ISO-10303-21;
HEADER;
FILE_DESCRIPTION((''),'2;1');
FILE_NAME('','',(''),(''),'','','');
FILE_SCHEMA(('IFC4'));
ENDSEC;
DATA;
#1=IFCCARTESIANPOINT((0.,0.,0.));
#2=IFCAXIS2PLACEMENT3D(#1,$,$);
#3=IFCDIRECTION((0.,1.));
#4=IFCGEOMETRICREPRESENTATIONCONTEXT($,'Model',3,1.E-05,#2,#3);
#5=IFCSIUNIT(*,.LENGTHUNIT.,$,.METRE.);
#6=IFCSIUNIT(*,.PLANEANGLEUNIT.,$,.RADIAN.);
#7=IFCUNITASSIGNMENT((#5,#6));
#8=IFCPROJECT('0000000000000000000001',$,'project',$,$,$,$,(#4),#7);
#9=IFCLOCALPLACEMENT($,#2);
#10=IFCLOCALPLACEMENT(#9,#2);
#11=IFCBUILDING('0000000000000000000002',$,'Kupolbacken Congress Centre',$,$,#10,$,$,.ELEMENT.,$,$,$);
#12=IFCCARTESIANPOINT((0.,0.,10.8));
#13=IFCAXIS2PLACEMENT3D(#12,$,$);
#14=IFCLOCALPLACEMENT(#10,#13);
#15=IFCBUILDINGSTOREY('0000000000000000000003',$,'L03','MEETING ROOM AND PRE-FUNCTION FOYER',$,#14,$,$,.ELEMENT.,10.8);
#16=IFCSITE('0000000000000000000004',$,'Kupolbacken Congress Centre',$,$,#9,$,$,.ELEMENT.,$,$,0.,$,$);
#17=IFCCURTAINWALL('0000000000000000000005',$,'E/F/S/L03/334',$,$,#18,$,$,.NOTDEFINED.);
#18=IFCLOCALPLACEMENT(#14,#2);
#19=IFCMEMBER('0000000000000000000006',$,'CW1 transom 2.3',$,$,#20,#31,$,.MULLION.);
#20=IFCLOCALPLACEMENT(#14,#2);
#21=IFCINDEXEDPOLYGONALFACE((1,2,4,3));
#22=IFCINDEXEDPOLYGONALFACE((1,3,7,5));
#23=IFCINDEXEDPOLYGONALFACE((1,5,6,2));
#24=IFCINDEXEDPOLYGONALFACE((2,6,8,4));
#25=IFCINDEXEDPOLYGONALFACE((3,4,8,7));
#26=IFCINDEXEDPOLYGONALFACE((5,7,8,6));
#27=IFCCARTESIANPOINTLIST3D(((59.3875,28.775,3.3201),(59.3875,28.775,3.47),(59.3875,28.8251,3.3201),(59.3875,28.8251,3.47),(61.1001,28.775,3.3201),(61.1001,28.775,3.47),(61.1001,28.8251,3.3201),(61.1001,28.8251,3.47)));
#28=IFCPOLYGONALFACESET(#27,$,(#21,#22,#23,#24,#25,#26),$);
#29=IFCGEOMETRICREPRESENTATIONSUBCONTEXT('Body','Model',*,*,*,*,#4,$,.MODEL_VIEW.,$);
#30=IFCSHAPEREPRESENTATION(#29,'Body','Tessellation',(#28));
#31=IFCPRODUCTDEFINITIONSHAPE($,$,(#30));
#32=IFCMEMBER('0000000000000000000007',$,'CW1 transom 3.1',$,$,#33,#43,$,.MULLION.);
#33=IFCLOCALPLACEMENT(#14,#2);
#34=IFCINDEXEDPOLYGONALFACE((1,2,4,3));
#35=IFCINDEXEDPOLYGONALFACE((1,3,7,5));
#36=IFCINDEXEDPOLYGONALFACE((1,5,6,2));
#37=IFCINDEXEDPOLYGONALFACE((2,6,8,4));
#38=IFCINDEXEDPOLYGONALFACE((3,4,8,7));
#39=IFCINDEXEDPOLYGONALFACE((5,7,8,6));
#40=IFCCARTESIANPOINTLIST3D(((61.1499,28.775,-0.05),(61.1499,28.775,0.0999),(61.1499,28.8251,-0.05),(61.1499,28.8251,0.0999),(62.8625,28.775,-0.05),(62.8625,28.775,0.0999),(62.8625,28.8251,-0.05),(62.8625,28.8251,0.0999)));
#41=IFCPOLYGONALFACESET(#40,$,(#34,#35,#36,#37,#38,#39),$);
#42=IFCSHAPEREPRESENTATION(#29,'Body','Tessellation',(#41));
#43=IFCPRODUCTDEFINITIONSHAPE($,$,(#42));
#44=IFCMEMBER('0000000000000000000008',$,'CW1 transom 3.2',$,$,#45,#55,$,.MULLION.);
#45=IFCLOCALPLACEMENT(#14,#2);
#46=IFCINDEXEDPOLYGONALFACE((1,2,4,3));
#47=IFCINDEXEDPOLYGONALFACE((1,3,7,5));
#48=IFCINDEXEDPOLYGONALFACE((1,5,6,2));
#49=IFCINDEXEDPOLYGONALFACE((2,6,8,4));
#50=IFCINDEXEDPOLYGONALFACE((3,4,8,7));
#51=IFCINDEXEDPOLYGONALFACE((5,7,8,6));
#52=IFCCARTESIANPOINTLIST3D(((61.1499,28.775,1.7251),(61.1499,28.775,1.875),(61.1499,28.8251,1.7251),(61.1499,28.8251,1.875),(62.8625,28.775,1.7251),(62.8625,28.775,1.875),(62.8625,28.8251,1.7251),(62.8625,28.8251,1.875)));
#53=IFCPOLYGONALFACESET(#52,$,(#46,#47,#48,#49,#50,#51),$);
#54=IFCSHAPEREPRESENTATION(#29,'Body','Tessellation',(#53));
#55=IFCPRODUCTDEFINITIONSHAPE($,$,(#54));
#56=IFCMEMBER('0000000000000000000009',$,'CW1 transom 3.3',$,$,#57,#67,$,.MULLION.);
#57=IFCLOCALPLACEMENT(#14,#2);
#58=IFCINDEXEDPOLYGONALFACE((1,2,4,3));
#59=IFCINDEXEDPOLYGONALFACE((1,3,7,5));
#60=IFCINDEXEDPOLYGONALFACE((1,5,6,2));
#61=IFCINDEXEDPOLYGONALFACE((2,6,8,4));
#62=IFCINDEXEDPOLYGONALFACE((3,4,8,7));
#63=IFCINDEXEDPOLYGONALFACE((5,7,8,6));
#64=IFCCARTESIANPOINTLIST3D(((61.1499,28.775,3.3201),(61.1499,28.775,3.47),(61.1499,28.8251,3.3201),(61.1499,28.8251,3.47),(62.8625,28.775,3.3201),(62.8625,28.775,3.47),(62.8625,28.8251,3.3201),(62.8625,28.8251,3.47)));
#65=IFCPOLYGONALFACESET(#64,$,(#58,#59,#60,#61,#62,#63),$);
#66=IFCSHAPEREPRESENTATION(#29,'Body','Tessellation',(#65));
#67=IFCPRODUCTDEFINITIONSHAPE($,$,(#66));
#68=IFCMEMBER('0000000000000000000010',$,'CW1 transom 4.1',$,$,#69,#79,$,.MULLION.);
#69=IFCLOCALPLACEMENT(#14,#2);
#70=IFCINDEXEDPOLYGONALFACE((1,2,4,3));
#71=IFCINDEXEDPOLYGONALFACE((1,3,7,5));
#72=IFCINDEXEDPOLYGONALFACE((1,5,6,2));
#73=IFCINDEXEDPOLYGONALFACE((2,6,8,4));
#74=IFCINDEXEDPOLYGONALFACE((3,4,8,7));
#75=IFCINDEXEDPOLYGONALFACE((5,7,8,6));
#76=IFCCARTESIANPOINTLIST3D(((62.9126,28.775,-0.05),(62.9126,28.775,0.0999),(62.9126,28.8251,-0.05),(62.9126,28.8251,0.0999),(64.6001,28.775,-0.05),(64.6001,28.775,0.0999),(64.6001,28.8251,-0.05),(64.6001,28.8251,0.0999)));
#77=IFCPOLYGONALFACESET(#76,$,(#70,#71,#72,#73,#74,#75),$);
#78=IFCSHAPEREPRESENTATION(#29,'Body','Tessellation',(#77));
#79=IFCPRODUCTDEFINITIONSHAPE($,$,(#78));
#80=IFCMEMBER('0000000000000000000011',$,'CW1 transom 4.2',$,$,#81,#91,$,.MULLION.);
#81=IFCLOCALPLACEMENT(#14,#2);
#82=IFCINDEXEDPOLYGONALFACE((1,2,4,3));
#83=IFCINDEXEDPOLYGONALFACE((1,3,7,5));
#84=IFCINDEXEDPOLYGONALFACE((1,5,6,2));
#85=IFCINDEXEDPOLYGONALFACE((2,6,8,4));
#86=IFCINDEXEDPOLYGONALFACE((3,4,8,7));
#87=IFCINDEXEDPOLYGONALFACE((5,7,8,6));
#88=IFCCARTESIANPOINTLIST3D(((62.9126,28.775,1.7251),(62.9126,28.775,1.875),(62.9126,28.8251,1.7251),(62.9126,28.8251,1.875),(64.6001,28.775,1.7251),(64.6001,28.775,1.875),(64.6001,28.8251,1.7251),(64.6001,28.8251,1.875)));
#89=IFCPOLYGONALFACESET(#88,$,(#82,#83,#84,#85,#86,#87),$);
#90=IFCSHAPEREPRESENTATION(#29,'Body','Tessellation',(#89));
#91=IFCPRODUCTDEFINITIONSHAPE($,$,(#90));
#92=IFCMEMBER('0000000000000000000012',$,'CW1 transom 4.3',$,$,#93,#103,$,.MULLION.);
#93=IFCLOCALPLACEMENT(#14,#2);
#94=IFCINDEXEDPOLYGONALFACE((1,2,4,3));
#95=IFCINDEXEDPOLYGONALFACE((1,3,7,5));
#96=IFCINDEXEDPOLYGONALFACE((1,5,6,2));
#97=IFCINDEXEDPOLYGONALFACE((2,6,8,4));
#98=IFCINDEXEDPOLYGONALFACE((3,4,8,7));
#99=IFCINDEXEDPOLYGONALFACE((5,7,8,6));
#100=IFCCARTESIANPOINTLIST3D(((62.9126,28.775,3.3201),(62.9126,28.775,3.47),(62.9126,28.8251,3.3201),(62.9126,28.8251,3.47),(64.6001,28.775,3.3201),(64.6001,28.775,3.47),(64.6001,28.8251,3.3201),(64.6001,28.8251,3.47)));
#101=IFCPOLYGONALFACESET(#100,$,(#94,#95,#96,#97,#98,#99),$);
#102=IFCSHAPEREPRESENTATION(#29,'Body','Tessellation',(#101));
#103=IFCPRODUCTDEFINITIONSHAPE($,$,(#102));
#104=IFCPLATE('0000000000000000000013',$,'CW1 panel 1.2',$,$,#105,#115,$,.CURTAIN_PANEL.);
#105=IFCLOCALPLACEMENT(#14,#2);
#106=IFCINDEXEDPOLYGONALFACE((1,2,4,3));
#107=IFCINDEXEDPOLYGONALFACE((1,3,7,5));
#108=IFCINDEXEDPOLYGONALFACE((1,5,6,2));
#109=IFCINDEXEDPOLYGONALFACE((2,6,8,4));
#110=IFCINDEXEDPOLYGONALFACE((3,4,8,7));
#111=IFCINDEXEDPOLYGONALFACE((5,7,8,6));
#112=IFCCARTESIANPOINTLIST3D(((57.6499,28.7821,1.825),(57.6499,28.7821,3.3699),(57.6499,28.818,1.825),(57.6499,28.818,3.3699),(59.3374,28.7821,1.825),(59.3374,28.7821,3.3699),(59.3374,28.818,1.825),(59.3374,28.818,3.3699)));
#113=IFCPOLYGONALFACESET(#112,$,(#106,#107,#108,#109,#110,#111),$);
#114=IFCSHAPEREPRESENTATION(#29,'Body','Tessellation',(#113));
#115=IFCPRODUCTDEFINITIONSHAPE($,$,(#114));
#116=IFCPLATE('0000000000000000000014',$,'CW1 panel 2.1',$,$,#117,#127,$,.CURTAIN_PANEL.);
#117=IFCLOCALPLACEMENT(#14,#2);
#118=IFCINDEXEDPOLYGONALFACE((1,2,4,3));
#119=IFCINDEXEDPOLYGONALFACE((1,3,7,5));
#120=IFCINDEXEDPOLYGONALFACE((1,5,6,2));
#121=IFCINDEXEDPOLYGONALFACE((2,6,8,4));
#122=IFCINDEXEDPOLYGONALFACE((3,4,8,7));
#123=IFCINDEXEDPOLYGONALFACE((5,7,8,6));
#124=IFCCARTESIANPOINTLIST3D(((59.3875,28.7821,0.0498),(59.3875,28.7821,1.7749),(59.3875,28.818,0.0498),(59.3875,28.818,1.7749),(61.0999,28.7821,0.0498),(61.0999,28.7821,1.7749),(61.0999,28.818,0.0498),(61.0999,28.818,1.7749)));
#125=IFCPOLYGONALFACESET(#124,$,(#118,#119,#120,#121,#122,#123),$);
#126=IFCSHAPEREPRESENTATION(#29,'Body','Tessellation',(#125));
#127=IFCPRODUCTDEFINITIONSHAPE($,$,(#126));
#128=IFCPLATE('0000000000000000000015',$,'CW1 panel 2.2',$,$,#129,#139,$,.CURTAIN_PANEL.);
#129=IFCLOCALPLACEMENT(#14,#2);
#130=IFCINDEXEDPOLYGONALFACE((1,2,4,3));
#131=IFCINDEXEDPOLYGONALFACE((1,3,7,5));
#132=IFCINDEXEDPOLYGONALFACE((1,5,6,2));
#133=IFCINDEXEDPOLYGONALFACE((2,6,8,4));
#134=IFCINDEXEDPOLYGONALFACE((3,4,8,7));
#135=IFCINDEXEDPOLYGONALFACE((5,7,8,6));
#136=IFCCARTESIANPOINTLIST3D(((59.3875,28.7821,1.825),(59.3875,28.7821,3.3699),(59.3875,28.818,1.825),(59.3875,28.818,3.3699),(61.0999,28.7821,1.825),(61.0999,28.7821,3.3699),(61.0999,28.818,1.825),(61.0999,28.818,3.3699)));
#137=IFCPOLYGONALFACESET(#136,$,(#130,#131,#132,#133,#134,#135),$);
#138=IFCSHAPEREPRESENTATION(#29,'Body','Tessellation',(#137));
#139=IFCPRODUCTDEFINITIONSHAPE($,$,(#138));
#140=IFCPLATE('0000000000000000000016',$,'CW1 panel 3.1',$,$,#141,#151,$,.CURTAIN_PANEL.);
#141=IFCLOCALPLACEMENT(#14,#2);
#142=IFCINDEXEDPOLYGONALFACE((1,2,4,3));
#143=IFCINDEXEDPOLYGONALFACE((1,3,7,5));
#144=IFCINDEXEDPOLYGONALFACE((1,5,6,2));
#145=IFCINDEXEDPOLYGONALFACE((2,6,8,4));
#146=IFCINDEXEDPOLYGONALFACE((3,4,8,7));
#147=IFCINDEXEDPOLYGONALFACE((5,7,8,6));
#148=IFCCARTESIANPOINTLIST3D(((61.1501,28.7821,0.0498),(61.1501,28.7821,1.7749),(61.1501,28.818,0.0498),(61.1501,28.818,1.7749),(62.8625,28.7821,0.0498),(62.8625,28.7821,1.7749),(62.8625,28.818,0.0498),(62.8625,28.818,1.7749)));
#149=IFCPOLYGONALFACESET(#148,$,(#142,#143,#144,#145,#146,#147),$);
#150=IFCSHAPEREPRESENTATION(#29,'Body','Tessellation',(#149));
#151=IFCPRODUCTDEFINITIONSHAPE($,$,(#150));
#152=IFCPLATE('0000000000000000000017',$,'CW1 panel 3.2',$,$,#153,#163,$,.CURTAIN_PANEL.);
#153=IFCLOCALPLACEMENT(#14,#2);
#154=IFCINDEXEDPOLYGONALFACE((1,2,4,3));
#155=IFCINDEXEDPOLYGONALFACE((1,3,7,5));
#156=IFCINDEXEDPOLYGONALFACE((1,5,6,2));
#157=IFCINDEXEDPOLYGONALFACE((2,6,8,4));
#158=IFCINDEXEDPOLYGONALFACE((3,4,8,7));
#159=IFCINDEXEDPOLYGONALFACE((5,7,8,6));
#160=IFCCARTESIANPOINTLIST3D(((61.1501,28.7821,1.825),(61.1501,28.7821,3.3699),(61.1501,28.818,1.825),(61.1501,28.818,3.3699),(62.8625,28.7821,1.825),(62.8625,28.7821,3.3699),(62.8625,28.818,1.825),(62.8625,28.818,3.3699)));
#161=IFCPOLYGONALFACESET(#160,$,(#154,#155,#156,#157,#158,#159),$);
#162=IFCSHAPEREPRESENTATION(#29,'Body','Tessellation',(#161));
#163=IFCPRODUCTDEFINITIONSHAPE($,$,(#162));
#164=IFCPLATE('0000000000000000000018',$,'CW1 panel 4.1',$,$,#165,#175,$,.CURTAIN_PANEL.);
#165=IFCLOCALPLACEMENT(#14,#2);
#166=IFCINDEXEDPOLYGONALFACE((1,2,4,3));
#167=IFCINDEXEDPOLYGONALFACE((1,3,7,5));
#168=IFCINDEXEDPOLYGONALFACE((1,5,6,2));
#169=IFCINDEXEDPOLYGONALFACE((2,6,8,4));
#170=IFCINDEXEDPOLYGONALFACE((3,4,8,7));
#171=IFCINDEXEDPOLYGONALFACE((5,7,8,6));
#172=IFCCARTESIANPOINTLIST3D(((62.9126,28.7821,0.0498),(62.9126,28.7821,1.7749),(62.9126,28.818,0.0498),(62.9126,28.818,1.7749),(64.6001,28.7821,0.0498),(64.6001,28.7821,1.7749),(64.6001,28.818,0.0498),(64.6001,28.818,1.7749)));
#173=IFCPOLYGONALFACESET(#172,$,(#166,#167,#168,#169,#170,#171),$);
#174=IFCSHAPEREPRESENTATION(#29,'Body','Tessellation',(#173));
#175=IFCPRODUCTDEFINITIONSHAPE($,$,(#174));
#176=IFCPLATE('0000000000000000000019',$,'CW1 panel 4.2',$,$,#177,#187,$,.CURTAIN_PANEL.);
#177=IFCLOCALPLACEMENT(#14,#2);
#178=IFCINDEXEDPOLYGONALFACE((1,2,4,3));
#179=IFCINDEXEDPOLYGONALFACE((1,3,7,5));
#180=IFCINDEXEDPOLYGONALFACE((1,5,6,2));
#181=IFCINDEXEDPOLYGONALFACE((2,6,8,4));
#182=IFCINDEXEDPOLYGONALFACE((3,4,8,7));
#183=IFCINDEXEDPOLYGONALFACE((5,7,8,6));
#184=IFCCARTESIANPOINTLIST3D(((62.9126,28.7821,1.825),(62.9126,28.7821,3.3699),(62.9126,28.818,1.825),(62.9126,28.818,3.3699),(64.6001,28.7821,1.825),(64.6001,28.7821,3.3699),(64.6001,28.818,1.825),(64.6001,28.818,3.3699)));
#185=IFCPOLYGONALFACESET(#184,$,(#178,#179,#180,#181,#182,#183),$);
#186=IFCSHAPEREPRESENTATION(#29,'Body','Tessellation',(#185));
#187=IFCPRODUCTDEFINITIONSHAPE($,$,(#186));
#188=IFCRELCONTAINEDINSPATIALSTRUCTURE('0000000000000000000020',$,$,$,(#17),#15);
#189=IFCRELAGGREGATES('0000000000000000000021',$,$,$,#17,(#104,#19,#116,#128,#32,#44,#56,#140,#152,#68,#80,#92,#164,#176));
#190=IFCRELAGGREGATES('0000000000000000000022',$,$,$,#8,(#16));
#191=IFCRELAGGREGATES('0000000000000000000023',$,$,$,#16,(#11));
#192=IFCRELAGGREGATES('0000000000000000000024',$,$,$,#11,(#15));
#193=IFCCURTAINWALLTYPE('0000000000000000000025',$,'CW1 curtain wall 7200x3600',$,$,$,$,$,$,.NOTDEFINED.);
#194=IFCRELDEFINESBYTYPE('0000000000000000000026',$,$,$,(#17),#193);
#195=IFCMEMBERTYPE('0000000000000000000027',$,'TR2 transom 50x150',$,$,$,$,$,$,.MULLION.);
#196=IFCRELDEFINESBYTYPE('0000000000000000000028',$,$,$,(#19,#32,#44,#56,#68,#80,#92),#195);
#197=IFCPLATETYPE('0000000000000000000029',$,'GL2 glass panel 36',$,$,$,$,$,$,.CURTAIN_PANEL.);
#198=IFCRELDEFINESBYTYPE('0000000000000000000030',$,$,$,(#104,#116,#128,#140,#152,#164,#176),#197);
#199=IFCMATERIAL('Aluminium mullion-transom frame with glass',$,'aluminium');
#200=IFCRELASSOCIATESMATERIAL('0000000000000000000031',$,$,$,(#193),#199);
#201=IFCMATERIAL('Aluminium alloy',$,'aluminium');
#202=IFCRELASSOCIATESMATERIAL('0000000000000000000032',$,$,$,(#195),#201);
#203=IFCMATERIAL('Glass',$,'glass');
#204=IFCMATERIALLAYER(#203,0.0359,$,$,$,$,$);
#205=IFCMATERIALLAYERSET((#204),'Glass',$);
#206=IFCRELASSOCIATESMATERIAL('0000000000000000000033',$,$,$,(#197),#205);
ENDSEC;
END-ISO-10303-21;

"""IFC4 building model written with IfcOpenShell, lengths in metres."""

from ifc_helpers import new_model, si_unit, direction, frame, origin, origin_2d, place, context, subcontext, project, spatial, rectangle, extrude, material, layer, layer_set, material_profile, profile_set, type_object, element, aggregate, save


model = new_model("IFC4")

# Units and contexts
model_context = context("Model", 3, precision=1e-05, world=origin(), true_north=direction((0.0, 1.0)))
body_context = subcontext(model_context, "Body", "Model", "MODEL_VIEW")
ifc_project = project(units=[si_unit("LENGTHUNIT", "METRE"), si_unit("PLANEANGLEUNIT", "RADIAN")], contexts=[model_context])

# Site, building, storey
site_placement = place(None, origin())
site = spatial("IfcSite", under=ifc_project, at=site_placement, Name="Kupolbacken Congress Centre", CompositionType="ELEMENT", RefElevation=0.0)
building_placement = place(site_placement, origin())
building = spatial("IfcBuilding", under=site, at=building_placement, Name="Kupolbacken Congress Centre", CompositionType="ELEMENT")
storey_placement = place(building_placement, frame((0.0, 0.0, 10.8)))
storey = spatial("IfcBuildingStorey", under=building, at=storey_placement, Name="L03", Description="MEETING ROOM AND PRE-FUNCTION FOYER", CompositionType="ELEMENT", Elevation=10.8)

# Curtain wall
ifc_material_1 = material(Name="Aluminium mullion-transom frame with glass", Category="aluminium")
curtain_wall_type = type_object("IfcCurtainWallType", Name="CW1 curtain wall 7200x3600", PredefinedType="NOTDEFINED", material=ifc_material_1)
curtain_wall_1_placement = place(storey_placement, origin())
curtain_wall_1 = element("IfcCurtainWall", 1, at=curtain_wall_1_placement, inside=storey, type_object=curtain_wall_type, Name="E/F/S/L03/334", PredefinedType="NOTDEFINED")

# Members
ifc_material_2 = material(Name="Aluminium alloy", Category="aluminium")
ifc_material_profile_1 = material_profile(ifc_material_2, rectangle(XDim=0.05, YDim=0.1499, at=origin_2d()), Name="50 x 150")
ifc_profile_set_1 = profile_set([ifc_material_profile_1], Name="Aluminium alloy")
member_type_1 = type_object("IfcMemberType", Name="TR2 transom 50x150", PredefinedType="MULLION", material=ifc_profile_set_1)
member_1_placement = place(storey_placement, frame((59.3875, 28.8, 3.395), z_axis=(1.0, 0.0, 0.0), x_axis=(0.0, 1.0, 0.0)))
member_1 = element("IfcMember", 2, at=member_1_placement, type_object=member_type_1, Name="CW1 transom 2.3", PredefinedType="MULLION", context=body_context, shape_type="SweptSolid", body=[
    extrude(rectangle(XDim=0.05, YDim=0.1499, at=origin_2d()), origin(), (0.0, 0.0, 1.0), 1.7126),
])
member_2_placement = place(storey_placement, frame((61.1499, 28.8, 0.0249), z_axis=(1.0, 0.0, 0.0), x_axis=(0.0, 1.0, 0.0)))
member_2 = element("IfcMember", 3, at=member_2_placement, type_object=member_type_1, Name="CW1 transom 3.1", PredefinedType="MULLION", context=body_context, shape_type="SweptSolid", body=[
    extrude(rectangle(XDim=0.05, YDim=0.1499, at=origin_2d()), origin(), (0.0, 0.0, 1.0), 1.7126),
])
member_3_placement = place(storey_placement, frame((61.1499, 28.8, 1.8), z_axis=(1.0, 0.0, 0.0), x_axis=(0.0, 1.0, 0.0)))
member_3 = element("IfcMember", 4, at=member_3_placement, type_object=member_type_1, Name="CW1 transom 3.2", PredefinedType="MULLION", context=body_context, shape_type="SweptSolid", body=[
    extrude(rectangle(XDim=0.05, YDim=0.1499, at=origin_2d()), origin(), (0.0, 0.0, 1.0), 1.7126),
])
member_4_placement = place(storey_placement, frame((61.1499, 28.8, 3.395), z_axis=(1.0, 0.0, 0.0), x_axis=(0.0, 1.0, 0.0)))
member_4 = element("IfcMember", 5, at=member_4_placement, type_object=member_type_1, Name="CW1 transom 3.3", PredefinedType="MULLION", context=body_context, shape_type="SweptSolid", body=[
    extrude(rectangle(XDim=0.05, YDim=0.1499, at=origin_2d()), origin(), (0.0, 0.0, 1.0), 1.7126),
])
member_5_placement = place(storey_placement, frame((62.9126, 28.8, 0.0249), z_axis=(1.0, 0.0, 0.0), x_axis=(0.0, 1.0, 0.0)))
member_5 = element("IfcMember", 6, at=member_5_placement, type_object=member_type_1, Name="CW1 transom 4.1", PredefinedType="MULLION", context=body_context, shape_type="SweptSolid", body=[
    extrude(rectangle(XDim=0.05, YDim=0.1499, at=origin_2d()), origin(), (0.0, 0.0, 1.0), 1.6875),
])
member_6_placement = place(storey_placement, frame((62.9126, 28.8, 1.8), z_axis=(1.0, 0.0, 0.0), x_axis=(0.0, 1.0, 0.0)))
member_6 = element("IfcMember", 7, at=member_6_placement, type_object=member_type_1, Name="CW1 transom 4.2", PredefinedType="MULLION", context=body_context, shape_type="SweptSolid", body=[
    extrude(rectangle(XDim=0.05, YDim=0.1499, at=origin_2d()), origin(), (0.0, 0.0, 1.0), 1.6875),
])
member_7_placement = place(storey_placement, frame((62.9126, 28.8, 3.395), z_axis=(1.0, 0.0, 0.0), x_axis=(0.0, 1.0, 0.0)))
member_7 = element("IfcMember", 8, at=member_7_placement, type_object=member_type_1, Name="CW1 transom 4.3", PredefinedType="MULLION", context=body_context, shape_type="SweptSolid", body=[
    extrude(rectangle(XDim=0.05, YDim=0.1499, at=origin_2d()), origin(), (0.0, 0.0, 1.0), 1.6875),
])

# Plates
ifc_material_3 = material(Name="Glass", Category="glass")
ifc_layer = layer(ifc_material_3, 0.0359)
ifc_layer_set = layer_set([ifc_layer], Name="Glass")
plate_type = type_object("IfcPlateType", Name="GL2 glass panel 36", PredefinedType="CURTAIN_PANEL", material=ifc_layer_set)
plate_1_placement = place(storey_placement, frame((58.4937, 28.8, 1.825), z_axis=(0.0, 0.0, 1.0), x_axis=(1.0, 0.0, 0.0)))
plate_1 = element("IfcPlate", 9, at=plate_1_placement, type_object=plate_type, Name="CW1 panel 1.2", PredefinedType="CURTAIN_PANEL", context=body_context, shape_type="SweptSolid", body=[
    extrude(rectangle(XDim=1.6875, YDim=0.0359, at=origin_2d()), origin(), (0.0, 0.0, 1.0), 1.5449),
])
plate_2_placement = place(storey_placement, frame((60.2437, 28.8, 0.0498), z_axis=(0.0, 0.0, 1.0), x_axis=(1.0, 0.0, 0.0)))
plate_2 = element("IfcPlate", 10, at=plate_2_placement, type_object=plate_type, Name="CW1 panel 2.1", PredefinedType="CURTAIN_PANEL", context=body_context, shape_type="SweptSolid", body=[
    extrude(rectangle(XDim=1.7124, YDim=0.0359, at=origin_2d()), origin(), (0.0, 0.0, 1.0), 1.7251),
])
plate_3_placement = place(storey_placement, frame((60.2437, 28.8, 1.825), z_axis=(0.0, 0.0, 1.0), x_axis=(1.0, 0.0, 0.0)))
plate_3 = element("IfcPlate", 11, at=plate_3_placement, type_object=plate_type, Name="CW1 panel 2.2", PredefinedType="CURTAIN_PANEL", context=body_context, shape_type="SweptSolid", body=[
    extrude(rectangle(XDim=1.7124, YDim=0.0359, at=origin_2d()), origin(), (0.0, 0.0, 1.0), 1.5449),
])
plate_4_placement = place(storey_placement, frame((62.0063, 28.8, 0.0498), z_axis=(0.0, 0.0, 1.0), x_axis=(1.0, 0.0, 0.0)))
plate_4 = element("IfcPlate", 12, at=plate_4_placement, type_object=plate_type, Name="CW1 panel 3.1", PredefinedType="CURTAIN_PANEL", context=body_context, shape_type="SweptSolid", body=[
    extrude(rectangle(XDim=1.7124, YDim=0.0359, at=origin_2d()), origin(), (0.0, 0.0, 1.0), 1.7251),
])
plate_5_placement = place(storey_placement, frame((62.0063, 28.8, 1.825), z_axis=(0.0, 0.0, 1.0), x_axis=(1.0, 0.0, 0.0)))
plate_5 = element("IfcPlate", 13, at=plate_5_placement, type_object=plate_type, Name="CW1 panel 3.2", PredefinedType="CURTAIN_PANEL", context=body_context, shape_type="SweptSolid", body=[
    extrude(rectangle(XDim=1.7124, YDim=0.0359, at=origin_2d()), origin(), (0.0, 0.0, 1.0), 1.5449),
])
plate_6_placement = place(storey_placement, frame((63.7563, 28.8, 0.0498), z_axis=(0.0, 0.0, 1.0), x_axis=(1.0, 0.0, 0.0)))
plate_6 = element("IfcPlate", 14, at=plate_6_placement, type_object=plate_type, Name="CW1 panel 4.1", PredefinedType="CURTAIN_PANEL", context=body_context, shape_type="SweptSolid", body=[
    extrude(rectangle(XDim=1.6875, YDim=0.0359, at=origin_2d()), origin(), (0.0, 0.0, 1.0), 1.7251),
])
plate_7_placement = place(storey_placement, frame((63.7563, 28.8, 1.825), z_axis=(0.0, 0.0, 1.0), x_axis=(1.0, 0.0, 0.0)))
plate_7 = element("IfcPlate", 15, at=plate_7_placement, type_object=plate_type, Name="CW1 panel 4.2", PredefinedType="CURTAIN_PANEL", context=body_context, shape_type="SweptSolid", body=[
    extrude(rectangle(XDim=1.6875, YDim=0.0359, at=origin_2d()), origin(), (0.0, 0.0, 1.0), 1.5449),
])
aggregate(curtain_wall_1, [plate_1, member_1, plate_2, plate_3, member_2, member_3, member_4, plate_4, plate_5, member_5, member_6, member_7, plate_6, plate_7])

save(model, "model.ifc")
